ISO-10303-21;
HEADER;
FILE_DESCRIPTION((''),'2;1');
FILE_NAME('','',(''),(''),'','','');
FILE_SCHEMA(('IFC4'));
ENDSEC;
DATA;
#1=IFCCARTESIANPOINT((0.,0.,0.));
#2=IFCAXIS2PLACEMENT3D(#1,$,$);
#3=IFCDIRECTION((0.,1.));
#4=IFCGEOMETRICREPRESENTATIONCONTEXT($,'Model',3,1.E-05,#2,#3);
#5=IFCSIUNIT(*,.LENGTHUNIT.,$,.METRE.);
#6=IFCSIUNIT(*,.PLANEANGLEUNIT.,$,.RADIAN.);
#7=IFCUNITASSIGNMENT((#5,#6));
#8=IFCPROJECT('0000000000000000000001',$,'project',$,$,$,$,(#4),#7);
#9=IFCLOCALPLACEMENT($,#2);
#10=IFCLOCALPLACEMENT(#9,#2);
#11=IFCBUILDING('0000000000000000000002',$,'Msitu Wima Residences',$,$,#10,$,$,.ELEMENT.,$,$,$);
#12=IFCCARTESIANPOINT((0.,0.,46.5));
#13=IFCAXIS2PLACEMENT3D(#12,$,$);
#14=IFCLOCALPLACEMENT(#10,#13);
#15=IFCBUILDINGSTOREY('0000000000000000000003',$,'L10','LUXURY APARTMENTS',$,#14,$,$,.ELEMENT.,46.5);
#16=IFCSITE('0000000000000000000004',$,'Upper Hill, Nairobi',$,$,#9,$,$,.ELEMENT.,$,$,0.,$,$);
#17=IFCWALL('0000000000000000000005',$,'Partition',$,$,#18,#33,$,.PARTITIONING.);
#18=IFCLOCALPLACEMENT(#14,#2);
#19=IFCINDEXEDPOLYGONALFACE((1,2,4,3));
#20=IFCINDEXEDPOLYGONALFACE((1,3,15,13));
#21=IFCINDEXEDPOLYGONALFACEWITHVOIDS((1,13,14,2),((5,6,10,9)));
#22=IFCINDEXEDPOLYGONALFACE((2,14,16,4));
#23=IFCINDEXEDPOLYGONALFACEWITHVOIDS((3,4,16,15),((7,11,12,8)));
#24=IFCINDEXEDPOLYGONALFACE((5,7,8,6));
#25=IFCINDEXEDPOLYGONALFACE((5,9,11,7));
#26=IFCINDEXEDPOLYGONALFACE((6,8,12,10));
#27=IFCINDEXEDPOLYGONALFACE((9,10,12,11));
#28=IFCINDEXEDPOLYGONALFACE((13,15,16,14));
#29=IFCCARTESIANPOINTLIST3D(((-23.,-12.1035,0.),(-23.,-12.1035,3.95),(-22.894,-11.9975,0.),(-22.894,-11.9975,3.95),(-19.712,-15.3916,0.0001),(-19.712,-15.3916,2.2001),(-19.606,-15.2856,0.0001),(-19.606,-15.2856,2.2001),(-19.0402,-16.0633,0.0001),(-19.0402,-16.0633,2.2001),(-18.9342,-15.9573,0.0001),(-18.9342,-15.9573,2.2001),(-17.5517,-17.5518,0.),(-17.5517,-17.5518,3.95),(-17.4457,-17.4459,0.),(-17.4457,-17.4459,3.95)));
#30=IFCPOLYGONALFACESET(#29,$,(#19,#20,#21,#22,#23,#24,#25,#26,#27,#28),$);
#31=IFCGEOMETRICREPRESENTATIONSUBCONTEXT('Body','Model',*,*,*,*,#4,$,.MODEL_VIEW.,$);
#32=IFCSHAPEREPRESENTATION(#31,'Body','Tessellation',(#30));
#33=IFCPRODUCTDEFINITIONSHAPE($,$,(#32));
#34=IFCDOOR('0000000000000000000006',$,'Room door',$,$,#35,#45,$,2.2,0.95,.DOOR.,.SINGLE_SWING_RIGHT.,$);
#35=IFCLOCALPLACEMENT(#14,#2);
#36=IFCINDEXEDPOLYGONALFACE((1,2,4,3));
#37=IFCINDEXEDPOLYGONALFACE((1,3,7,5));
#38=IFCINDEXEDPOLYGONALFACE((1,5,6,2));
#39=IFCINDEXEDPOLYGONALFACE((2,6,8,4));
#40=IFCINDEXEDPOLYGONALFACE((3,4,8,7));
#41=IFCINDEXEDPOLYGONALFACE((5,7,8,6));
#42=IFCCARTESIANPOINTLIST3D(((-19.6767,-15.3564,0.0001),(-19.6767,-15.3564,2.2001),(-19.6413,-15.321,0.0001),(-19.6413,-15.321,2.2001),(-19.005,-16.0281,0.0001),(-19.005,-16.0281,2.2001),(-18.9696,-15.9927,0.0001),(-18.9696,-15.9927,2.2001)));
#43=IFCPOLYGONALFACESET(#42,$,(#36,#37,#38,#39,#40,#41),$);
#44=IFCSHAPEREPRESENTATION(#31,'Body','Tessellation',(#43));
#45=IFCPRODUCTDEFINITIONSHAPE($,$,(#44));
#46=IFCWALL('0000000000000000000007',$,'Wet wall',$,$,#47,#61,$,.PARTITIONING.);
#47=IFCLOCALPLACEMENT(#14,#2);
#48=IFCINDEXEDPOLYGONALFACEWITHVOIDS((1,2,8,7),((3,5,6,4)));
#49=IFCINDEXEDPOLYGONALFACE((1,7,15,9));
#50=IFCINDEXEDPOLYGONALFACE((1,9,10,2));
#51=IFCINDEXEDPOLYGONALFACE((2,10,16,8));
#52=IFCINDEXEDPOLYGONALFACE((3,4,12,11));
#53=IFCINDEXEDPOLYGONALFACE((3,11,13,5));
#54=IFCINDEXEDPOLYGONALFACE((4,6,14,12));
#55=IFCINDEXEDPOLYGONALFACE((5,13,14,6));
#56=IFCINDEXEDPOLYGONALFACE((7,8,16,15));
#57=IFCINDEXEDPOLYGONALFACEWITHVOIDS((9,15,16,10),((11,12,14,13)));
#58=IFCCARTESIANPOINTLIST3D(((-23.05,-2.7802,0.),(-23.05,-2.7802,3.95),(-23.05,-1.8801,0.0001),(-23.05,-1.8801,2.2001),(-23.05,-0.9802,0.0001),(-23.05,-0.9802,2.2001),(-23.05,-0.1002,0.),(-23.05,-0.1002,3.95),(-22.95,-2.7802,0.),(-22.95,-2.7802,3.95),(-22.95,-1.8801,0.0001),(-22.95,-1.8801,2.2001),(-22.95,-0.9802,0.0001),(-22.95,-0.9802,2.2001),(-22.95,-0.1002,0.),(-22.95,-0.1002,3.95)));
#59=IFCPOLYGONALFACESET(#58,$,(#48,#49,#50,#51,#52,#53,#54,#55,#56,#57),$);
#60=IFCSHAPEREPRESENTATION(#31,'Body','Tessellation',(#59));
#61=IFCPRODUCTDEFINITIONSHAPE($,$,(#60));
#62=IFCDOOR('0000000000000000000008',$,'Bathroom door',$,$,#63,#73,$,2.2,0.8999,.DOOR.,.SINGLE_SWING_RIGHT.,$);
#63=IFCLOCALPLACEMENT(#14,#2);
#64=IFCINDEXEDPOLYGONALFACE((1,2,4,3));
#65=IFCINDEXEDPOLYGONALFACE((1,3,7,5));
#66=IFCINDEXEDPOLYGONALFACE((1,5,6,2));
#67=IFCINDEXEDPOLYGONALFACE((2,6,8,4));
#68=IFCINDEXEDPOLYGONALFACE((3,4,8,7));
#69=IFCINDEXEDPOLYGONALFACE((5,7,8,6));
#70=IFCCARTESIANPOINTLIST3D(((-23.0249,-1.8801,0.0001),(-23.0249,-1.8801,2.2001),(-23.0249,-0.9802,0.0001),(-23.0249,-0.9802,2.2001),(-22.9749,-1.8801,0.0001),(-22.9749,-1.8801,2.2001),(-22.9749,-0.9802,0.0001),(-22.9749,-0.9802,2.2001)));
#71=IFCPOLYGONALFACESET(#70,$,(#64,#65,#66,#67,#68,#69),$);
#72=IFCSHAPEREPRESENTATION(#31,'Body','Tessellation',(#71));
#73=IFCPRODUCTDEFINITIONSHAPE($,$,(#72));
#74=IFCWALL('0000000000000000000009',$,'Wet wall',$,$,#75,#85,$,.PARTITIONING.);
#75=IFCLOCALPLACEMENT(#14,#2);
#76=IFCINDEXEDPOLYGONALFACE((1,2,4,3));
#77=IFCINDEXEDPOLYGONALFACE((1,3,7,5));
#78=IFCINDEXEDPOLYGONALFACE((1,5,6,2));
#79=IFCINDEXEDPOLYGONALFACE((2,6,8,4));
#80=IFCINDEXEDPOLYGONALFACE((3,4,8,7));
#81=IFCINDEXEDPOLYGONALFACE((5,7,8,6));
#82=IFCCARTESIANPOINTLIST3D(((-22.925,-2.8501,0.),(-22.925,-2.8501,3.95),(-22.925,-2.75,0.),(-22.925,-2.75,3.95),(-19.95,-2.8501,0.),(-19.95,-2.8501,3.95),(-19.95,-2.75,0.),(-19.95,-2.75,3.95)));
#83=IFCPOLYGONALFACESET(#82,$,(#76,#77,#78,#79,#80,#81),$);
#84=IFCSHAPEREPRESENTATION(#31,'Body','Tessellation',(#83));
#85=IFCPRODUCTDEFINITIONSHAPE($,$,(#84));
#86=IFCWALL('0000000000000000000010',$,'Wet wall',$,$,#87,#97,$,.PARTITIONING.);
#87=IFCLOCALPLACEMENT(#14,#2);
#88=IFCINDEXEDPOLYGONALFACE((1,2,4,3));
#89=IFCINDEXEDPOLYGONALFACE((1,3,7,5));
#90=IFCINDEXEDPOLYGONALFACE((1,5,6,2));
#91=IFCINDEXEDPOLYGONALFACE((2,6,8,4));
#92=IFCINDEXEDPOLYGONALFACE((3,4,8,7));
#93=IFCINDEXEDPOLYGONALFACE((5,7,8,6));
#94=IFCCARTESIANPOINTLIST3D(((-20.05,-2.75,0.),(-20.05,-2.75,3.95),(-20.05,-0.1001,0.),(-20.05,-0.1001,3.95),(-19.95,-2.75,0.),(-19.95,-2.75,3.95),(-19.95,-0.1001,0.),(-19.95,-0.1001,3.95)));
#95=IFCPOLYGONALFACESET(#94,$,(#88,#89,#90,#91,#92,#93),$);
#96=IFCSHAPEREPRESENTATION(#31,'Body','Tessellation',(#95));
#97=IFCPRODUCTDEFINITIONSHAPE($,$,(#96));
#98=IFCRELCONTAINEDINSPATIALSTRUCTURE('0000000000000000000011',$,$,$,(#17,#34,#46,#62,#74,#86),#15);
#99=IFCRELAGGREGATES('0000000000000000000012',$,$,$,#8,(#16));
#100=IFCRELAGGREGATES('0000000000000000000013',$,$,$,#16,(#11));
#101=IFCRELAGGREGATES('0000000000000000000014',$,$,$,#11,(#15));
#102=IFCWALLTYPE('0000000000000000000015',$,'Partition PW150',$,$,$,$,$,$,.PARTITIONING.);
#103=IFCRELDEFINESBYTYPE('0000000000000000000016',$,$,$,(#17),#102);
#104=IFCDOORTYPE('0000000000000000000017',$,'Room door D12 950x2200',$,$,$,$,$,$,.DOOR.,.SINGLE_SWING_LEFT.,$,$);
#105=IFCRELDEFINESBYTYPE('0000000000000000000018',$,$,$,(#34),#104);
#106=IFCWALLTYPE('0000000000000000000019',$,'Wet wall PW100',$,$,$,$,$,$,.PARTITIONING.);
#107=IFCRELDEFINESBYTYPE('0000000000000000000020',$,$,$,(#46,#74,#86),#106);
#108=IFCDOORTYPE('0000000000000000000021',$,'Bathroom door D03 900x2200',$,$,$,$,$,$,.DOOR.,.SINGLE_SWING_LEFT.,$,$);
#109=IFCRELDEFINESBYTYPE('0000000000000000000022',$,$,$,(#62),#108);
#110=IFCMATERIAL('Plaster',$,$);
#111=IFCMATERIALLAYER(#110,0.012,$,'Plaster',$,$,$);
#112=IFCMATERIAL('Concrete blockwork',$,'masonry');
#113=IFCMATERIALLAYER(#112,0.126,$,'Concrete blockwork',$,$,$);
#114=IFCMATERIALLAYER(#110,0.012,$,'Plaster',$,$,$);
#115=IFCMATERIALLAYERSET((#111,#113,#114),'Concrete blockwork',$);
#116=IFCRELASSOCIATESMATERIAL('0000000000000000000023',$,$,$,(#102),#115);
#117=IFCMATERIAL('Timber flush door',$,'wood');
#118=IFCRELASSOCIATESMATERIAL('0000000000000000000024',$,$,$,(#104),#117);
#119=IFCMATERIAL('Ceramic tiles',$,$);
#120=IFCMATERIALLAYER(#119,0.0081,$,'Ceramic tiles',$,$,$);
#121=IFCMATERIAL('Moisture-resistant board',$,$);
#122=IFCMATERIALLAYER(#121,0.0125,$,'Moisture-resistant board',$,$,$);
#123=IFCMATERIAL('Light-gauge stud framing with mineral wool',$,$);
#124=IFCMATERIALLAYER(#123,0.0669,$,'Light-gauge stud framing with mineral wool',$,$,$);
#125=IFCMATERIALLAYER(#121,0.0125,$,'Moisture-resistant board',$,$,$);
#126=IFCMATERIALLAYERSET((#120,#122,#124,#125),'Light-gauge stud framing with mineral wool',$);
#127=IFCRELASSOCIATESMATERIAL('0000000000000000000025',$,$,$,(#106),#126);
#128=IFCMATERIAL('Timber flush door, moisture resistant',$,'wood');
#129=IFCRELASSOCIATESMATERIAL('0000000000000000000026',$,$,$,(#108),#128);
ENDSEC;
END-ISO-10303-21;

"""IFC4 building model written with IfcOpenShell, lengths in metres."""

from ifc_helpers import new_model, si_unit, direction, frame, frame_2d, origin, place, context, subcontext, project, spatial, rectangle, extrude, material, layer, layer_set, type_object, element, fill, save


model = new_model("IFC4")

# Units and contexts
model_context = context("Model", 3, precision=1e-05, world=origin(), true_north=direction((0.0, 1.0)))
body_context = subcontext(model_context, "Body", "Model", "MODEL_VIEW")
ifc_project = project(units=[si_unit("LENGTHUNIT", "METRE"), si_unit("PLANEANGLEUNIT", "RADIAN")], contexts=[model_context])

# Site, building, storey
site_placement = place(None, origin())
site = spatial("IfcSite", under=ifc_project, at=site_placement, Name="Upper Hill, Nairobi", CompositionType="ELEMENT", RefElevation=0.0)
building_placement = place(site_placement, origin())
building = spatial("IfcBuilding", under=site, at=building_placement, Name="Msitu Wima Residences", CompositionType="ELEMENT")
storey_placement = place(building_placement, frame((0.0, 0.0, 46.5)))
storey = spatial("IfcBuildingStorey", under=building, at=storey_placement, Name="L10", Description="LUXURY APARTMENTS", CompositionType="ELEMENT", Elevation=46.5)

# Shared definitions
ifc_material_1 = material(Name="Plaster")
ifc_material_2 = material(Name="Concrete blockwork", Category="masonry")

# Shared definitions
ifc_layer_1 = layer(ifc_material_1, 0.012, Name="Plaster")
ifc_layer_2 = layer(ifc_material_2, 0.126, Name="Concrete blockwork")
ifc_layer_3 = layer(ifc_material_1, 0.012, Name="Plaster")
ifc_layer_set_1 = layer_set([ifc_layer_1, ifc_layer_2, ifc_layer_3], Name="Concrete blockwork")
wall_type_1 = type_object("IfcWallType", Name="Partition PW150", PredefinedType="PARTITIONING", material=ifc_layer_set_1)

# Shared definitions
ifc_material_3 = material(Name="Timber flush door", Category="wood")
door_type_1 = type_object("IfcDoorType", Name="Room door D12 950x2200", OperationType="SINGLE_SWING_LEFT", PredefinedType="DOOR", material=ifc_material_3)

# Walls, openings, doors
wall_1_placement = place(storey_placement, frame((-22.947, -12.0505, 0.0), z_axis=(0.0, 0.0, 1.0), x_axis=(0.707107, -0.707107, 0.0)))
wall_1 = element("IfcWall", 1, at=wall_1_placement, inside=storey, type_object=wall_type_1, Name="Partition", PredefinedType="PARTITIONING", context=body_context, shape_type="SweptSolid", body=[
    extrude(rectangle(XDim=7.7051, YDim=0.1499, at=frame_2d((3.8525, 0.0))), origin(), (0.0, 0.0, 1.0), 3.95),
])
opening_1_placement = place(wall_1_placement, frame((4.6499, 0.0, 0.0)))
opening_1 = element("IfcOpeningElement", 2, at=opening_1_placement, cuts=wall_1, PredefinedType="OPENING", context=body_context, shape_type="SweptSolid", body=[
    extrude(rectangle(XDim=0.95, YDim=2.2, at=frame_2d((0.4751, 1.1001))), frame((0.0, 0.085, 0.0), z_axis=(0.0, -1.0, 0.0), x_axis=(1.0, 0.0, 0.0)), (0.0, 0.0, 1.0), 0.1699),
])
door_1_placement = place(opening_1_placement, origin())
door_1 = element("IfcDoor", 3, at=door_1_placement, inside=storey, type_object=door_type_1, Name="Room door", OperationType="SINGLE_SWING_RIGHT", OverallHeight=2.2, OverallWidth=0.95, PredefinedType="DOOR", context=body_context, shape_type="SweptSolid", body=[
    extrude(rectangle(XDim=0.95, YDim=2.2, at=frame_2d((0.4751, 1.1001))), frame((0.0, 0.0249, 0.0), z_axis=(0.0, -1.0, 0.0), x_axis=(1.0, 0.0, 0.0)), (0.0, 0.0, 1.0), 0.05),
])
fill(opening_1, door_1)
ifc_material_4 = material(Name="Ceramic tiles")
ifc_layer_4 = layer(ifc_material_4, 0.0081, Name="Ceramic tiles")
ifc_material_5 = material(Name="Moisture-resistant board")
ifc_layer_5 = layer(ifc_material_5, 0.0125, Name="Moisture-resistant board")
ifc_material_6 = material(Name="Light-gauge stud framing with mineral wool")
ifc_layer_6 = layer(ifc_material_6, 0.0669, Name="Light-gauge stud framing with mineral wool")
ifc_layer_7 = layer(ifc_material_5, 0.0125, Name="Moisture-resistant board")
ifc_layer_set_2 = layer_set([ifc_layer_4, ifc_layer_5, ifc_layer_6, ifc_layer_7], Name="Light-gauge stud framing with mineral wool")
wall_type_2 = type_object("IfcWallType", Name="Wet wall PW100", PredefinedType="PARTITIONING", material=ifc_layer_set_2)
wall_2_placement = place(storey_placement, frame((-23.0, -2.78, 0.0), z_axis=(0.0, 0.0, 1.0), x_axis=(0.0, 1.0, 0.0)))
wall_2 = element("IfcWall", 4, at=wall_2_placement, inside=storey, type_object=wall_type_2, Name="Wet wall", PredefinedType="PARTITIONING", context=body_context, shape_type="SweptSolid", body=[
    extrude(rectangle(XDim=2.6799, YDim=0.1001, at=frame_2d((1.3398, 0.0))), origin(), (0.0, 0.0, 1.0), 3.95),
])
opening_2_placement = place(wall_2_placement, frame((0.8999, 0.0, 0.0)))
opening_2 = element("IfcOpeningElement", 5, at=opening_2_placement, cuts=wall_2, PredefinedType="OPENING", context=body_context, shape_type="SweptSolid", body=[
    extrude(rectangle(XDim=0.8999, YDim=2.2, at=frame_2d((0.45, 1.1001))), frame((0.0, 0.0601, 0.0), z_axis=(0.0, -1.0, 0.0), x_axis=(1.0, 0.0, 0.0)), (0.0, 0.0, 1.0), 0.1201),
])
ifc_material_7 = material(Name="Timber flush door, moisture resistant", Category="wood")
door_type_2 = type_object("IfcDoorType", Name="Bathroom door D03 900x2200", OperationType="SINGLE_SWING_LEFT", PredefinedType="DOOR", material=ifc_material_7)
door_2_placement = place(opening_2_placement, origin())
door_2 = element("IfcDoor", 6, at=door_2_placement, inside=storey, type_object=door_type_2, Name="Bathroom door", OperationType="SINGLE_SWING_RIGHT", OverallHeight=2.2, OverallWidth=0.8999, PredefinedType="DOOR", context=body_context, shape_type="SweptSolid", body=[
    extrude(rectangle(XDim=0.8999, YDim=2.2, at=frame_2d((0.45, 1.1001))), frame((0.0, 0.0249, 0.0), z_axis=(0.0, -1.0, 0.0), x_axis=(1.0, 0.0, 0.0)), (0.0, 0.0, 1.0), 0.05),
])
fill(opening_2, door_2)

# Walls
wall_3_placement = place(storey_placement, frame((-22.925, -2.8, 0.0), z_axis=(0.0, 0.0, 1.0), x_axis=(1.0, 0.0, 0.0)))
element("IfcWall", 7, at=wall_3_placement, inside=storey, type_object=wall_type_2, Name="Wet wall", PredefinedType="PARTITIONING", context=body_context, shape_type="SweptSolid", body=[
    extrude(rectangle(XDim=2.9751, YDim=0.1001, at=frame_2d((1.4875, 0.0))), origin(), (0.0, 0.0, 1.0), 3.95),
])
wall_4_placement = place(storey_placement, frame((-20.0, -2.75, 0.0), z_axis=(0.0, 0.0, 1.0), x_axis=(0.0, 1.0, 0.0)))
element("IfcWall", 8, at=wall_4_placement, inside=storey, type_object=wall_type_2, Name="Wet wall", PredefinedType="PARTITIONING", context=body_context, shape_type="SweptSolid", body=[
    extrude(rectangle(XDim=2.6499, YDim=0.1001, at=frame_2d((1.325, 0.0))), origin(), (0.0, 0.0, 1.0), 3.95),
])

save(model, "model.ifc")
